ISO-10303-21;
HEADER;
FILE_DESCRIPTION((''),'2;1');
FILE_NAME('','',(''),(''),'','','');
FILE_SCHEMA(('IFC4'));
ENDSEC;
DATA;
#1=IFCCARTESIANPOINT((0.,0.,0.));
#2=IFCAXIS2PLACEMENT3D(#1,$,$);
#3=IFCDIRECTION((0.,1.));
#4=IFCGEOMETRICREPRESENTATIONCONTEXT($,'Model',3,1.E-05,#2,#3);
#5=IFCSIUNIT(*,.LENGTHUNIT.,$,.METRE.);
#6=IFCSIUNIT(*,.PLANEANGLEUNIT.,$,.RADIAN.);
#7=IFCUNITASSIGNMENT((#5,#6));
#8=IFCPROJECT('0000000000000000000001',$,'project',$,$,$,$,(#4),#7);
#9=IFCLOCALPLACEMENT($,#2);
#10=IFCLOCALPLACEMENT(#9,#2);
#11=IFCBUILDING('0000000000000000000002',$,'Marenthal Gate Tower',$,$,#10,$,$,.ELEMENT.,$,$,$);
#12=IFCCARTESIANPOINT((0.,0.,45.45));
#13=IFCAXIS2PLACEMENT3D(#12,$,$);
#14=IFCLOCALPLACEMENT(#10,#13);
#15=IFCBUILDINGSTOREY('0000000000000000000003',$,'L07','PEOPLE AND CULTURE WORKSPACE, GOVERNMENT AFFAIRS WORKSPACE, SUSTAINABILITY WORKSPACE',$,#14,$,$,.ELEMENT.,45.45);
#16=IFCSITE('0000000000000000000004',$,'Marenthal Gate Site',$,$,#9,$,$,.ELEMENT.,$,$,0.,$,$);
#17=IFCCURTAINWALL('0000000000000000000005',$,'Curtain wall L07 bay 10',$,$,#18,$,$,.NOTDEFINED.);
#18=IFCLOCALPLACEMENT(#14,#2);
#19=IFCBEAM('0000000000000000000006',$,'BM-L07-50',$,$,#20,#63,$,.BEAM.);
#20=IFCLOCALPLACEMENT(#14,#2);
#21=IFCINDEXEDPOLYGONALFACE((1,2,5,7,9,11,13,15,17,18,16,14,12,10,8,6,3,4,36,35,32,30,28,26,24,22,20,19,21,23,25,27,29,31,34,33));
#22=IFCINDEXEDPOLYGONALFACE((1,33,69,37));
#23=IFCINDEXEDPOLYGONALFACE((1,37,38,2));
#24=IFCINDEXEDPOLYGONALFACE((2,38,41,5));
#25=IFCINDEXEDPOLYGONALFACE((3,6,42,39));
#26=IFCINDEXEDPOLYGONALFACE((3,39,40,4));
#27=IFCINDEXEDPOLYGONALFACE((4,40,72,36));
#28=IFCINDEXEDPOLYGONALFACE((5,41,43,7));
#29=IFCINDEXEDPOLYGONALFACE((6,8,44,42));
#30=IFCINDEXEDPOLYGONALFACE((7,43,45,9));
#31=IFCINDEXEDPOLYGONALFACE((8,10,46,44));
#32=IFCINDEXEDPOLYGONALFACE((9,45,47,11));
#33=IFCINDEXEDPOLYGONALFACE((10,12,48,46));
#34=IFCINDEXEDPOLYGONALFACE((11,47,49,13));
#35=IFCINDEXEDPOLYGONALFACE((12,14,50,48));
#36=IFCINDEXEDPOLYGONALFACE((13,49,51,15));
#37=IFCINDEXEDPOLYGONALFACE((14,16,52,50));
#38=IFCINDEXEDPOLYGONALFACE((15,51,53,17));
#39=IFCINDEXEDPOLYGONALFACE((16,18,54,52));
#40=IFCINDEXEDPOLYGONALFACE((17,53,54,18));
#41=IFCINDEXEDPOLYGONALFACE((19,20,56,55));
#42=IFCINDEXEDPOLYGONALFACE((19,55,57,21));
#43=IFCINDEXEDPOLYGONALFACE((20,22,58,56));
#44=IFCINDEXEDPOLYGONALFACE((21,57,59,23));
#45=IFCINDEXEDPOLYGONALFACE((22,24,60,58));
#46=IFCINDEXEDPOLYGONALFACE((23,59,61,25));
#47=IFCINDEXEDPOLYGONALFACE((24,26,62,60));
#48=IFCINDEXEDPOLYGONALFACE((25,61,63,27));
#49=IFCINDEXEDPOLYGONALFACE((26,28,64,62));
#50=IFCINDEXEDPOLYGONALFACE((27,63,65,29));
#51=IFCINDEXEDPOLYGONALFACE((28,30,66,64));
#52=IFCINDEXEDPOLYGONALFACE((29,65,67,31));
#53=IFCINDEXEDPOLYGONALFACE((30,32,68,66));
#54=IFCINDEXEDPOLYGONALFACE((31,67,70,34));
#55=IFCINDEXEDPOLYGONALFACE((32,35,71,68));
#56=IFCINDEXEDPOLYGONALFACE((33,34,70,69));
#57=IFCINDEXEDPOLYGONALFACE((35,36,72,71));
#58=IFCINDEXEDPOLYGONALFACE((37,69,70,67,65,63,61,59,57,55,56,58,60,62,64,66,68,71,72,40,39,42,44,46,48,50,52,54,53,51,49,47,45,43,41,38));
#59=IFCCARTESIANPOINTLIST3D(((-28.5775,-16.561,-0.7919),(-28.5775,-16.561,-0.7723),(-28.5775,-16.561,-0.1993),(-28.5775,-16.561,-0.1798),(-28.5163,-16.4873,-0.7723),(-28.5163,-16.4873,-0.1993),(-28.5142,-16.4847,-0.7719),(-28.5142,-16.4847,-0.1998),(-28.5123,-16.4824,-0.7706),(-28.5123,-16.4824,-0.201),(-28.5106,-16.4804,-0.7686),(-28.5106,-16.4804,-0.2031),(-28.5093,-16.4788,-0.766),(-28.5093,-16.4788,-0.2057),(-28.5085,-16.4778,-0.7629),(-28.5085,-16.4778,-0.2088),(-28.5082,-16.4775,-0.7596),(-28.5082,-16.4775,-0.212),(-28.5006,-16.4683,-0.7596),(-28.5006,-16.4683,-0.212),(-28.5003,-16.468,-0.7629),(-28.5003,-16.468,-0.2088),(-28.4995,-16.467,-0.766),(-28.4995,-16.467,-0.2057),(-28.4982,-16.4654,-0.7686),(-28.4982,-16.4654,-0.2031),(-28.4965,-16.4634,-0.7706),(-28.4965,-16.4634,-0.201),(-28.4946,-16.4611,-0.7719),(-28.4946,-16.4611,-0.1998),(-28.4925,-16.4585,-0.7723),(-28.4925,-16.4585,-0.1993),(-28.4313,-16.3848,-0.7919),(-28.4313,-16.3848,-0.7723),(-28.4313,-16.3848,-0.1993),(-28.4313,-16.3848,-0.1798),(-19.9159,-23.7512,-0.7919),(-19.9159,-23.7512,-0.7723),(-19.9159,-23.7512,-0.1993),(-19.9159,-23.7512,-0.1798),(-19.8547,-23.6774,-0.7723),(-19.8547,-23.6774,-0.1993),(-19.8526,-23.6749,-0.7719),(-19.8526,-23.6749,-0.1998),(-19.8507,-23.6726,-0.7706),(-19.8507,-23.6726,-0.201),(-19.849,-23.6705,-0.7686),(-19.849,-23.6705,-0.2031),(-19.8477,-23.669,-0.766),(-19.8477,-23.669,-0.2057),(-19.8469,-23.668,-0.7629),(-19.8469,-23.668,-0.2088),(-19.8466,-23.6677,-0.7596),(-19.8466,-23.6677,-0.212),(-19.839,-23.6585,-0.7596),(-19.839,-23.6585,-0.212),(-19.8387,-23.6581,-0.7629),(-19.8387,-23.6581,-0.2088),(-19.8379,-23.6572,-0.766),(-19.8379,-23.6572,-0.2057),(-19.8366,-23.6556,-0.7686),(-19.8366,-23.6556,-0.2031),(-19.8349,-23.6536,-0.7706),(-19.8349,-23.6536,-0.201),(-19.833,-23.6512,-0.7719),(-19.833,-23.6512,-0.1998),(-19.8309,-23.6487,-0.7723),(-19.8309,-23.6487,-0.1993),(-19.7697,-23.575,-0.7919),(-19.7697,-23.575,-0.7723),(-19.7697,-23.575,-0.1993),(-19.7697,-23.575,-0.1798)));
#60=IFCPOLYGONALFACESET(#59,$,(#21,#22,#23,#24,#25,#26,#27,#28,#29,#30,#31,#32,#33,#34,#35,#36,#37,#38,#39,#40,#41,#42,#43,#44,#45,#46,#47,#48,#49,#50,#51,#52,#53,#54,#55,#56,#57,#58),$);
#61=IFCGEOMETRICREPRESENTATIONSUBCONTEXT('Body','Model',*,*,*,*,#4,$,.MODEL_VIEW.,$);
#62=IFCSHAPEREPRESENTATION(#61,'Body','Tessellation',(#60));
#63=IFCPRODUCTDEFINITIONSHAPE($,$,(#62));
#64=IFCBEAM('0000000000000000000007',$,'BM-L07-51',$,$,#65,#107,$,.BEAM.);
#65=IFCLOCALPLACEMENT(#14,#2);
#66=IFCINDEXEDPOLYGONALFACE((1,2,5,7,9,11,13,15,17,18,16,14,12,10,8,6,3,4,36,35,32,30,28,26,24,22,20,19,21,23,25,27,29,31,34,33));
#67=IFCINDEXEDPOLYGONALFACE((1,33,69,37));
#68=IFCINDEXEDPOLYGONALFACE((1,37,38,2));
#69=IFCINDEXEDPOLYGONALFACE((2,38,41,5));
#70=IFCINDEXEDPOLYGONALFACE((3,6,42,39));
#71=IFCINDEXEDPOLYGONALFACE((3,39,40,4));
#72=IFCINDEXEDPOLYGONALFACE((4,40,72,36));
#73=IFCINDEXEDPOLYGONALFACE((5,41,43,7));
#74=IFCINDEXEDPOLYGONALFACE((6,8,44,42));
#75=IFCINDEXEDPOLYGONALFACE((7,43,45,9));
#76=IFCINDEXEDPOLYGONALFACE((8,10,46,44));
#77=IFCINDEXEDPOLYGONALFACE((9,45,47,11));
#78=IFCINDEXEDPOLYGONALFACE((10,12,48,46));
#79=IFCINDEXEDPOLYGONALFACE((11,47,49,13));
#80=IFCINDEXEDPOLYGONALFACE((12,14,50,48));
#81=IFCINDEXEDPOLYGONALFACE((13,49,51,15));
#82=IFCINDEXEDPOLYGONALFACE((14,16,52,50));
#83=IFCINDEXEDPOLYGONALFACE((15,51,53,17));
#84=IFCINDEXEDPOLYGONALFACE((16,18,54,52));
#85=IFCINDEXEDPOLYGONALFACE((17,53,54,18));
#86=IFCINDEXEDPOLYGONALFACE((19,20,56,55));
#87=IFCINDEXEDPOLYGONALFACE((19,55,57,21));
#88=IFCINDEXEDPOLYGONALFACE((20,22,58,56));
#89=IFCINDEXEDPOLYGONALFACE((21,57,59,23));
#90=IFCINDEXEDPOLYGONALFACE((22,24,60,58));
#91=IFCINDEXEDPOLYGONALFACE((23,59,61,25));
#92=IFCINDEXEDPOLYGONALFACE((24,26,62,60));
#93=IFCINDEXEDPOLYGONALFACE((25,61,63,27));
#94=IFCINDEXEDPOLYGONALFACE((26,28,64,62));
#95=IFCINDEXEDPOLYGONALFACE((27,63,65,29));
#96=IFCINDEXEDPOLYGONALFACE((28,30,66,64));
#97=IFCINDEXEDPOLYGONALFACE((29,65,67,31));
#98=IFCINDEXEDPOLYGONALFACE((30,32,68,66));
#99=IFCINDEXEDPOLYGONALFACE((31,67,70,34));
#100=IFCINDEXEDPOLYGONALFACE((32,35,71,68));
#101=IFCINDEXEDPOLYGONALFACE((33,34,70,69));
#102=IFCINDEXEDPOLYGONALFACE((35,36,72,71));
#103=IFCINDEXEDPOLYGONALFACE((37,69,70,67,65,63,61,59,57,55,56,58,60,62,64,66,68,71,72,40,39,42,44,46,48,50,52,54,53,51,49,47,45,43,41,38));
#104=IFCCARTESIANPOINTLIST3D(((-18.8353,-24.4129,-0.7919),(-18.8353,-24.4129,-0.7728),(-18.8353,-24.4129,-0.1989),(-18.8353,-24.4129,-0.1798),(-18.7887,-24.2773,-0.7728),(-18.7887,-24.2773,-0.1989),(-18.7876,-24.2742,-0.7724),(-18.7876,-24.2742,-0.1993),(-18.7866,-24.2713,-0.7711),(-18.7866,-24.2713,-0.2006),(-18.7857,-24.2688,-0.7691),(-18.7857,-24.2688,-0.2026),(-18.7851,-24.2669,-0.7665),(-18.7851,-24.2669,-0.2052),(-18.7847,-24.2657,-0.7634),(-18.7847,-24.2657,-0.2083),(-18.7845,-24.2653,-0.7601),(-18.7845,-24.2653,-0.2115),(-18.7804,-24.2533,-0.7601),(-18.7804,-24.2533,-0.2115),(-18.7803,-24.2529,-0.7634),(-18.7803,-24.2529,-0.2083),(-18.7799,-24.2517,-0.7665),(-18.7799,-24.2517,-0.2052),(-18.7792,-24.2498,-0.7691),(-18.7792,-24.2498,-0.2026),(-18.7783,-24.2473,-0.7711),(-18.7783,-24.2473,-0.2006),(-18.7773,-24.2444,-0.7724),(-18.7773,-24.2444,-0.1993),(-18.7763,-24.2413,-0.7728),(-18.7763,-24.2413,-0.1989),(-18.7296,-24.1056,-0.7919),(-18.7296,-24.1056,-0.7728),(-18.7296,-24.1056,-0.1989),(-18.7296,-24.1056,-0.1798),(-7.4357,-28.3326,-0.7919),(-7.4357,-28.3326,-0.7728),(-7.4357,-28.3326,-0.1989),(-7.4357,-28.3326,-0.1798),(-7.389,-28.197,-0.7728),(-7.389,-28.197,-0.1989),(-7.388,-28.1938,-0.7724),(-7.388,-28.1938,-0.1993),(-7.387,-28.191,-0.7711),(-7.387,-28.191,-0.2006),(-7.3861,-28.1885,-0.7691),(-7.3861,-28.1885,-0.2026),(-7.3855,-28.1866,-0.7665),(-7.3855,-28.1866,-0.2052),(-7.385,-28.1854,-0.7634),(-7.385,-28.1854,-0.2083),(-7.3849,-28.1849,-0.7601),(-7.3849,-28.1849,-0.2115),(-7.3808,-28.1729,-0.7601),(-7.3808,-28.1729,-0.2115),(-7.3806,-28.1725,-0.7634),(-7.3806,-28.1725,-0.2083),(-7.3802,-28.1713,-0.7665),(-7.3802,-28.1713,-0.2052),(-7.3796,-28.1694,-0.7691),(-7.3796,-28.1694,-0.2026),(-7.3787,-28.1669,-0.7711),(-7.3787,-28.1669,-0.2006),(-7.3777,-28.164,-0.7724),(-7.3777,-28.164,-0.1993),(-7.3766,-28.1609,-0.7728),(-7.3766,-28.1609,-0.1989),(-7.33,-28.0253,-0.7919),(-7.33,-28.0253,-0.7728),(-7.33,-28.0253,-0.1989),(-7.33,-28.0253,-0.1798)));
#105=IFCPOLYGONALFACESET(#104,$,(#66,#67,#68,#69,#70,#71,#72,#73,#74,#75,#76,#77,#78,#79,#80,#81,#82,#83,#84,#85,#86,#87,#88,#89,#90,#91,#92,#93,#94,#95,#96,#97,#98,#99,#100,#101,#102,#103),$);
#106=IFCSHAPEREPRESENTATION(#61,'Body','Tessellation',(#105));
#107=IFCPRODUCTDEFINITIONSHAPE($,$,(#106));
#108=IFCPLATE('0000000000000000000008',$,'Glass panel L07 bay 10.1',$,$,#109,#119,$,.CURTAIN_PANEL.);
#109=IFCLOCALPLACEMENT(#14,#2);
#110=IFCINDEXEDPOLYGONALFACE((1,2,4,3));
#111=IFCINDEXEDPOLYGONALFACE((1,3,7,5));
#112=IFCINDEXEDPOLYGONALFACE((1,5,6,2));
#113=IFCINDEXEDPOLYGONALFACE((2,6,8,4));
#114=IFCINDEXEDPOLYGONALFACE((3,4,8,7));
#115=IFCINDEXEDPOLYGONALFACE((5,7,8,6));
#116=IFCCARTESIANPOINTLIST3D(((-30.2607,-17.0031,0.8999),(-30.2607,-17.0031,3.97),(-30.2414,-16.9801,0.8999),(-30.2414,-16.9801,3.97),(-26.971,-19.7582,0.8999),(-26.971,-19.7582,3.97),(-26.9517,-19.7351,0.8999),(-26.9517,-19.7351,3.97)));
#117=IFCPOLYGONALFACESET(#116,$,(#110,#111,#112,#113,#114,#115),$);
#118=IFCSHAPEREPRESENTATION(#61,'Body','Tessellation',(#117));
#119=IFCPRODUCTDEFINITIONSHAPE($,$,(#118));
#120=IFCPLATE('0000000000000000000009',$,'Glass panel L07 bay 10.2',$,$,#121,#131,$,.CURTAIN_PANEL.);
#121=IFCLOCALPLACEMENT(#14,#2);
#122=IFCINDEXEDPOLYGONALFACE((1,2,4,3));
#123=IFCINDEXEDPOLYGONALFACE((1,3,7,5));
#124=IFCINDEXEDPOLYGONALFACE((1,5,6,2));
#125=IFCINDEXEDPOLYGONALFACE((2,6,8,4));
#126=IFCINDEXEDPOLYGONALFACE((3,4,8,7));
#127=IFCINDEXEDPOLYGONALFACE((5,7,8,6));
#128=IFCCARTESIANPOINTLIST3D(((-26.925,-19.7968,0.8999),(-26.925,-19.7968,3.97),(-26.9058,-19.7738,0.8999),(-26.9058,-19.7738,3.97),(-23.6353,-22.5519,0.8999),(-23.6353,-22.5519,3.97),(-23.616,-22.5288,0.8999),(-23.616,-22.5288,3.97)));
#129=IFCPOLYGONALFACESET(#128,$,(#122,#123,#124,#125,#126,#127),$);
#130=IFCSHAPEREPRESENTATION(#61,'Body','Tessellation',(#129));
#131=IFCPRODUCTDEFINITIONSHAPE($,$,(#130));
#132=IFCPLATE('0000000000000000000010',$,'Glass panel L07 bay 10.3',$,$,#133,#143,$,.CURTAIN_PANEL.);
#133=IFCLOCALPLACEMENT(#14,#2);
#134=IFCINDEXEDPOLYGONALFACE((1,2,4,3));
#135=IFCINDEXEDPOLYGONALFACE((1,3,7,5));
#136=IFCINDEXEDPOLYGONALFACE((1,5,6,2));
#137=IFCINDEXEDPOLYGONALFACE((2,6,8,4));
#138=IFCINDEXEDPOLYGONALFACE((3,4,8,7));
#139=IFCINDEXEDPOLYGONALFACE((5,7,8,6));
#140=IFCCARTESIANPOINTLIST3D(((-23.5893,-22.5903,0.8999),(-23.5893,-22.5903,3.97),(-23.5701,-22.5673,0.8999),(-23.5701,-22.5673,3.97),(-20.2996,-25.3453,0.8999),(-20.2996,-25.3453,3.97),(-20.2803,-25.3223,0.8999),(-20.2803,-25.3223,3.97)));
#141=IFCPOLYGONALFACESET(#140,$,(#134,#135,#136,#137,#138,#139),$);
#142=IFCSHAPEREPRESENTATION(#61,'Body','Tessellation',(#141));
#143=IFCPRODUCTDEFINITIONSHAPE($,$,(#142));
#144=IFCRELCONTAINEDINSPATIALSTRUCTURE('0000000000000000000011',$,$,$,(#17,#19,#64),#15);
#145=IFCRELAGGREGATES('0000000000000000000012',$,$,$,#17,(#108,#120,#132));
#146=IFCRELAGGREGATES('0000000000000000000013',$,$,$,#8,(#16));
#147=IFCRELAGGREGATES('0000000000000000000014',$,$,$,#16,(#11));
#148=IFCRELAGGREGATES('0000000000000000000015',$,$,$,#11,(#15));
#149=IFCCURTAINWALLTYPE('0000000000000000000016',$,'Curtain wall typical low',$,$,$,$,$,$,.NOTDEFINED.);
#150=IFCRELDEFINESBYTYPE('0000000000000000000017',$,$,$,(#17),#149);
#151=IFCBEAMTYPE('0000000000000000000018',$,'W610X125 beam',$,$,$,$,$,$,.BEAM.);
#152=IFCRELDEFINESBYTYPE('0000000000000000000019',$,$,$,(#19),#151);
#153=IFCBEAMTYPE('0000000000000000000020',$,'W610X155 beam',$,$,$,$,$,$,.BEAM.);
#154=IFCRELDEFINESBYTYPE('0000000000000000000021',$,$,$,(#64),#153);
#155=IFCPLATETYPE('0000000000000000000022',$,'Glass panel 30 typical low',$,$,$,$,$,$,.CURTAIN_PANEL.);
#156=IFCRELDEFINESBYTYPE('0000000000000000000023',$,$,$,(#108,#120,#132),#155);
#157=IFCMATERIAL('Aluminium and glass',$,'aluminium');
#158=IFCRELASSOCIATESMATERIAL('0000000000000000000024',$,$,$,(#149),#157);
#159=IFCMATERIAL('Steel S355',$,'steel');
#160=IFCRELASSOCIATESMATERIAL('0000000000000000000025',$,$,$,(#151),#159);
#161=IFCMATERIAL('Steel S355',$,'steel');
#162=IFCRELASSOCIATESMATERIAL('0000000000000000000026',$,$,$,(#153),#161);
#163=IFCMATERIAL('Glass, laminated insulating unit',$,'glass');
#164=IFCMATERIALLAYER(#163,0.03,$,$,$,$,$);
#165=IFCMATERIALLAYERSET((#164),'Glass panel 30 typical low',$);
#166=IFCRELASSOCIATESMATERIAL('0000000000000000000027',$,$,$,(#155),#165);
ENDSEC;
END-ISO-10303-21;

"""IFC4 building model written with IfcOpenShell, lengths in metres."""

from ifc_helpers import new_model, si_unit, direction, frame, origin, origin_2d, place, context, subcontext, project, spatial, rectangle, i_section, extrude, material, layer, layer_set, material_profile, profile_set, type_object, element, aggregate, save


model = new_model("IFC4")

# Units and contexts
model_context = context("Model", 3, precision=1e-05, world=origin(), true_north=direction((0.0, 1.0)))
body_context = subcontext(model_context, "Body", "Model", "MODEL_VIEW")
ifc_project = project(units=[si_unit("LENGTHUNIT", "METRE"), si_unit("PLANEANGLEUNIT", "RADIAN")], contexts=[model_context])

# Site, building, storey
site_placement = place(None, origin())
site = spatial("IfcSite", under=ifc_project, at=site_placement, Name="Marenthal Gate Site", CompositionType="ELEMENT", RefElevation=0.0)
building_placement = place(site_placement, origin())
building = spatial("IfcBuilding", under=site, at=building_placement, Name="Marenthal Gate Tower", CompositionType="ELEMENT")
storey_placement = place(building_placement, frame((0.0, 0.0, 45.45)))
storey = spatial("IfcBuildingStorey", under=building, at=storey_placement, Name="L07", Description="PEOPLE AND CULTURE WORKSPACE, GOVERNMENT AFFAIRS WORKSPACE, SUSTAINABILITY WORKSPACE", CompositionType="ELEMENT", Elevation=45.45)

# Curtain wall
ifc_material_1 = material(Name="Aluminium and glass", Category="aluminium")
curtain_wall_type = type_object("IfcCurtainWallType", Name="Curtain wall typical low", PredefinedType="NOTDEFINED", material=ifc_material_1)
curtain_wall_placement = place(storey_placement, origin())
curtain_wall = element("IfcCurtainWall", 1, at=curtain_wall_placement, inside=storey, type_object=curtain_wall_type, Name="Curtain wall L07 bay 10", PredefinedType="NOTDEFINED")

# Beams
ifc_material_2 = material(Name="Steel S355", Category="steel")
ifc_material_profile_1 = material_profile(ifc_material_2, i_section(OverallWidth=0.229, OverallDepth=0.6121, WebThickness=0.012, FlangeThickness=0.0195, FilletRadius=0.0127, at=origin_2d()), Name="W610X125")
ifc_profile_set_1 = profile_set([ifc_material_profile_1], Name="Steel S355")
beam_type_1 = type_object("IfcBeamType", Name="W610X125 beam", PredefinedType="BEAM", material=ifc_profile_set_1)
beam_1_placement = place(storey_placement, frame((-28.5044, -16.4729, -0.4858), z_axis=(0.769436, -0.638724, 0.0), x_axis=(0.638724, 0.769436, 0.0)))
element("IfcBeam", 2, at=beam_1_placement, inside=storey, type_object=beam_type_1, Name="BM-L07-50", PredefinedType="BEAM", context=body_context, shape_type="SweptSolid", body=[
    extrude(i_section(OverallWidth=0.229, OverallDepth=0.6121, WebThickness=0.012, FlangeThickness=0.0195, FilletRadius=0.0127, at=origin_2d()), origin(), (0.0, 0.0, 1.0), 11.2571),
])
ifc_material_3 = material(Name="Steel S355", Category="steel")
ifc_material_profile_2 = material_profile(ifc_material_3, i_section(OverallWidth=0.325, OverallDepth=0.6121, WebThickness=0.0127, FlangeThickness=0.019, FilletRadius=0.0127, at=origin_2d()), Name="W610X155")
ifc_profile_set_2 = profile_set([ifc_material_profile_2], Name="Steel S355")
beam_type_2 = type_object("IfcBeamType", Name="W610X155 beam", PredefinedType="BEAM", material=ifc_profile_set_2)
beam_2_placement = place(storey_placement, frame((-18.7825, -24.2593, -0.4858), z_axis=(0.94566, -0.325157, 0.0), x_axis=(0.325157, 0.94566, 0.0)))
element("IfcBeam", 3, at=beam_2_placement, inside=storey, type_object=beam_type_2, Name="BM-L07-51", PredefinedType="BEAM", context=body_context, shape_type="SweptSolid", body=[
    extrude(i_section(OverallWidth=0.325, OverallDepth=0.6121, WebThickness=0.0127, FlangeThickness=0.019, FilletRadius=0.0127, at=origin_2d()), origin(), (0.0, 0.0, 1.0), 12.0547),
])

# Plates
ifc_material_4 = material(Name="Glass, laminated insulating unit", Category="glass")
ifc_layer_1 = layer(ifc_material_4, 0.03)
ifc_layer_set_1 = layer_set([ifc_layer_1], Name="Glass panel 30 typical low")
plate_type = type_object("IfcPlateType", Name="Glass panel 30 typical low", PredefinedType="CURTAIN_PANEL", material=ifc_layer_set_1)
plate_1_placement = place(storey_placement, frame((-28.6062, -18.3691, 0.8999), z_axis=(0.0, 0.0, 1.0), x_axis=(0.766665, -0.642047, 0.0)))
plate_1 = element("IfcPlate", 4, at=plate_1_placement, type_object=plate_type, Name="Glass panel L07 bay 10.1", PredefinedType="CURTAIN_PANEL", context=body_context, shape_type="SweptSolid", body=[
    extrude(rectangle(XDim=4.291, YDim=0.03, at=origin_2d()), origin(), (0.0, 0.0, 1.0), 3.0701),
])
plate_2_placement = place(storey_placement, frame((-25.2705, -21.1628, 0.8999), z_axis=(0.0, 0.0, 1.0), x_axis=(0.766665, -0.642047, 0.0)))
plate_2 = element("IfcPlate", 5, at=plate_2_placement, type_object=plate_type, Name="Glass panel L07 bay 10.2", PredefinedType="CURTAIN_PANEL", context=body_context, shape_type="SweptSolid", body=[
    extrude(rectangle(XDim=4.291, YDim=0.03, at=origin_2d()), origin(), (0.0, 0.0, 1.0), 3.0701),
])
plate_3_placement = place(storey_placement, frame((-21.9348, -23.9563, 0.8999), z_axis=(0.0, 0.0, 1.0), x_axis=(0.766665, -0.642047, 0.0)))
plate_3 = element("IfcPlate", 6, at=plate_3_placement, type_object=plate_type, Name="Glass panel L07 bay 10.3", PredefinedType="CURTAIN_PANEL", context=body_context, shape_type="SweptSolid", body=[
    extrude(rectangle(XDim=4.291, YDim=0.03, at=origin_2d()), origin(), (0.0, 0.0, 1.0), 3.0701),
])
aggregate(curtain_wall, [plate_1, plate_2, plate_3])

save(model, "model.ifc")
